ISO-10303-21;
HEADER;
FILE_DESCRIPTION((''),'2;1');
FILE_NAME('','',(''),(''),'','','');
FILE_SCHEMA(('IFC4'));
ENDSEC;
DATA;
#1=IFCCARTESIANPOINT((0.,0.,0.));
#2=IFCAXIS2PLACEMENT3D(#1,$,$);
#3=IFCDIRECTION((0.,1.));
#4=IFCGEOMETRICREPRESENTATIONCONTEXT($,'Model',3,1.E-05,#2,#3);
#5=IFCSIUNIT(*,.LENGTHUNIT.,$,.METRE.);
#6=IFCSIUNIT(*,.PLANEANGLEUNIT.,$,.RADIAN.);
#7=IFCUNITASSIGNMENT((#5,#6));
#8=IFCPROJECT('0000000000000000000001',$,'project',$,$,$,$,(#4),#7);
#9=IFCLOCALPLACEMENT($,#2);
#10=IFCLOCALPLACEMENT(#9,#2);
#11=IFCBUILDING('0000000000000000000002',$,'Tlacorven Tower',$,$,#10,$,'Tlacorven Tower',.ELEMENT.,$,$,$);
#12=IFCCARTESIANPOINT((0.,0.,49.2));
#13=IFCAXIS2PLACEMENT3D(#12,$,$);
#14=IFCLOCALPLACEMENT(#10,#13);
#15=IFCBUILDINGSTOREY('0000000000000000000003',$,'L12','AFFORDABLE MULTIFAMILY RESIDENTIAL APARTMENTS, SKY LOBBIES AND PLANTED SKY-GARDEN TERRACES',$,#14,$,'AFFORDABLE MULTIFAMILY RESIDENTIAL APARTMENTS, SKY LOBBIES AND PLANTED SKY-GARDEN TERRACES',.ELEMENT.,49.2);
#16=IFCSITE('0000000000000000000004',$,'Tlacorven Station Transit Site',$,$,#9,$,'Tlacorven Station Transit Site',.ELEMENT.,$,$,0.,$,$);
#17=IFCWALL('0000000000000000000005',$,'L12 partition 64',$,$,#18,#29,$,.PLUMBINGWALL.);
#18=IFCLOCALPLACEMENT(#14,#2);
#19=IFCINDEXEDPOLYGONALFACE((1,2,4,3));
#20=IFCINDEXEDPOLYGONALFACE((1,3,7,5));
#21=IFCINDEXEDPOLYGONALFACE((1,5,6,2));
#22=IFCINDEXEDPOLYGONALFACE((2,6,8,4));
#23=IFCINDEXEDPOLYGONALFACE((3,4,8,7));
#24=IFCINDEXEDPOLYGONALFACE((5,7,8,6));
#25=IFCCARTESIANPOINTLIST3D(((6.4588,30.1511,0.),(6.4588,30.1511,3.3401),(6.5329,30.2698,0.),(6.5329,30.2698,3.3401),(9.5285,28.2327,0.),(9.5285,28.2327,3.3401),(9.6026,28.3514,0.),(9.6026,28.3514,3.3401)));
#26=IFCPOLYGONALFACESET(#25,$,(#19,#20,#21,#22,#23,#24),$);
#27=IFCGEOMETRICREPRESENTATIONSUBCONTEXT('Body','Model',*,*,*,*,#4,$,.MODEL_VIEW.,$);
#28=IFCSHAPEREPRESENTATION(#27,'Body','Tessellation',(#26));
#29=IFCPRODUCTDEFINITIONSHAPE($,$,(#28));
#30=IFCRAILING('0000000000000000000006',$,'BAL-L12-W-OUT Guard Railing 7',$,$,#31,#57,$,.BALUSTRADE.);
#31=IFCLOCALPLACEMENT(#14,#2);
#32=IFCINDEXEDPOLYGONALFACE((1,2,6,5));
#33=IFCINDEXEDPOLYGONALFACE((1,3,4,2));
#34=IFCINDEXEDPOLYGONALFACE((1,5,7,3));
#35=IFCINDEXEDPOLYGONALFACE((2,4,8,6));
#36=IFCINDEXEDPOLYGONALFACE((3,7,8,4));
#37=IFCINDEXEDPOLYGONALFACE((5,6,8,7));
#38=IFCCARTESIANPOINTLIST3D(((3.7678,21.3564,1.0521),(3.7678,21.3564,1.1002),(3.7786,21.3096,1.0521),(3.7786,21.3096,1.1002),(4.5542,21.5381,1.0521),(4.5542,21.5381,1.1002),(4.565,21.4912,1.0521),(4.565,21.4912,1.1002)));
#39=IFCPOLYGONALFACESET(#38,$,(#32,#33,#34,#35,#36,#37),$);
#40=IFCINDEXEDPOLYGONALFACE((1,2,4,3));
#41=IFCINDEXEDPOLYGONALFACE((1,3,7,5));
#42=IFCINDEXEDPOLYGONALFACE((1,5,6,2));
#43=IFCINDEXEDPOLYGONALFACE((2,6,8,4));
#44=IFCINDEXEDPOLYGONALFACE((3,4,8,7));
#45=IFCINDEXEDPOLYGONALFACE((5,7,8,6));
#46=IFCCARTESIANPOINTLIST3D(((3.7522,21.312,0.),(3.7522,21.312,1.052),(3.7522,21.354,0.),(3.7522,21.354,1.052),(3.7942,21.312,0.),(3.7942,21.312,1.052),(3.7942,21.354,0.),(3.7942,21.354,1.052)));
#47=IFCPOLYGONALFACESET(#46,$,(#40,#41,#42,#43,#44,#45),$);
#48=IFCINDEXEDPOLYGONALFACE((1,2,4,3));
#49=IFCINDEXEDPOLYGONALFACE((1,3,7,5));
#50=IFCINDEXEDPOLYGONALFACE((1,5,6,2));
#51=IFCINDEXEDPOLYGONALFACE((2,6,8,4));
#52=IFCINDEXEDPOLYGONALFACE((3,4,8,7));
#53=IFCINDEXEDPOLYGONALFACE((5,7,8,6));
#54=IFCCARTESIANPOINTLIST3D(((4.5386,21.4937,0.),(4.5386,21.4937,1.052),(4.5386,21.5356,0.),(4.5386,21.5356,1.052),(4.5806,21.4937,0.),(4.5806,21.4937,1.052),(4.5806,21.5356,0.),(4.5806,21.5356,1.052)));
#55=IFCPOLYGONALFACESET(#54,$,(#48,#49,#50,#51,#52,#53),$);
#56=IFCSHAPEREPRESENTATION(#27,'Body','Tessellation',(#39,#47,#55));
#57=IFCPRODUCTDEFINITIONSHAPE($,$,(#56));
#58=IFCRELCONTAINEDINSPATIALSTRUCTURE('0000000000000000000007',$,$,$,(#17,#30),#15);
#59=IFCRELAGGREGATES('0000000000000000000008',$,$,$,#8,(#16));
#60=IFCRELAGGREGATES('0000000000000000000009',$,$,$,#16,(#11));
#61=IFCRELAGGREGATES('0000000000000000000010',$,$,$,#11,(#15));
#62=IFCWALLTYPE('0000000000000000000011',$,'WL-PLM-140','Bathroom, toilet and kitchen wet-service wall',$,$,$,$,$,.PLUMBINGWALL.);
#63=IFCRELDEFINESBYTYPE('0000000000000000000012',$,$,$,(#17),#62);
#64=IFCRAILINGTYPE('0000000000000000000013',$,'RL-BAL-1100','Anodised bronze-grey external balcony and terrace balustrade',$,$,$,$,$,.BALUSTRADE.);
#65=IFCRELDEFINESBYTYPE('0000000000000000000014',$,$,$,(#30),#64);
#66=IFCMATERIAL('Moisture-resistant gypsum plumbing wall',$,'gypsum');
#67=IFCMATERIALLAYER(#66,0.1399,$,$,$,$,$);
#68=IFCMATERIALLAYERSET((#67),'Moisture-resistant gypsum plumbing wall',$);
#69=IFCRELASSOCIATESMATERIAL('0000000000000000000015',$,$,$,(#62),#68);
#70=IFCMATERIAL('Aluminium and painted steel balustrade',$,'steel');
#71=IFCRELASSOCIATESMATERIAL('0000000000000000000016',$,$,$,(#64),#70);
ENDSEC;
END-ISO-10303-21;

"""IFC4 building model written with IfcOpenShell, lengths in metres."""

from ifc_helpers import new_model, si_unit, direction, frame, frame_2d, origin, origin_2d, place, context, subcontext, project, spatial, rectangle, extrude, source, transform, mapped, material, layer, layer_set, type_object, element, save


model = new_model("IFC4")

# Units and contexts
model_context = context("Model", 3, precision=1e-05, world=origin(), true_north=direction((0.0, 1.0)))
body_context = subcontext(model_context, "Body", "Model", "MODEL_VIEW")
ifc_project = project(units=[si_unit("LENGTHUNIT", "METRE"), si_unit("PLANEANGLEUNIT", "RADIAN")], contexts=[model_context])

# Site, building, storey
site_placement = place(None, origin())
site = spatial("IfcSite", under=ifc_project, at=site_placement, Name="Tlacorven Station Transit Site", LongName="Tlacorven Station Transit Site", CompositionType="ELEMENT", RefElevation=0.0)
building_placement = place(site_placement, origin())
building = spatial("IfcBuilding", under=site, at=building_placement, Name="Tlacorven Tower", LongName="Tlacorven Tower", CompositionType="ELEMENT")
storey_placement = place(building_placement, frame((0.0, 0.0, 49.2)))
storey = spatial("IfcBuildingStorey", under=building, at=storey_placement, Name="L12", Description="AFFORDABLE MULTIFAMILY RESIDENTIAL APARTMENTS, SKY LOBBIES AND PLANTED SKY-GARDEN TERRACES", LongName="AFFORDABLE MULTIFAMILY RESIDENTIAL APARTMENTS, SKY LOBBIES AND PLANTED SKY-GARDEN TERRACES", CompositionType="ELEMENT", Elevation=49.2)

# Shared definitions
ifc_material_1 = material(Name="Moisture-resistant gypsum plumbing wall", Category="gypsum")
ifc_layer_1 = layer(ifc_material_1, 0.1399)
ifc_layer_set_1 = layer_set([ifc_layer_1], Name="Moisture-resistant gypsum plumbing wall")
wall_type_1 = type_object("IfcWallType", Name="WL-PLM-140", Description="Bathroom, toilet and kitchen wet-service wall", PredefinedType="PLUMBINGWALL", material=ifc_layer_set_1)

# Wall
wall_1_placement = place(storey_placement, frame((9.5657, 28.292, 0.0), z_axis=(0.0, 0.0, 1.0), x_axis=(-0.848021, 0.529963, 0.0)))
element("IfcWall", 1, at=wall_1_placement, inside=storey, type_object=wall_type_1, Name="L12 partition 64", PredefinedType="PLUMBINGWALL", context=body_context, shape_type="SweptSolid", body=[
    extrude(rectangle(XDim=3.6199, YDim=0.1399, at=frame_2d((1.8101, 0.0))), origin(), (0.0, 0.0, 1.0), 3.3401),
])

# Railing
ifc_material_2 = material(Name="Aluminium and painted steel balustrade", Category="steel")
railing_type = type_object("IfcRailingType", Name="RL-BAL-1100", Description="Anodised bronze-grey external balcony and terrace balustrade", PredefinedType="BALUSTRADE", material=ifc_material_2)
shared_shape_1 = source(origin(), body_context, "Body", "SweptSolid", [
    extrude(rectangle(XDim=0.0481, YDim=0.0481, at=origin_2d()), frame((0.0, 0.0, 1.0762), z_axis=(0.974345, 0.225058, 0.0), x_axis=(-0.225058, 0.974345, 0.0)), (0.0, 0.0, 1.0), 0.8071),
    extrude(rectangle(XDim=0.042, YDim=0.042, at=origin_2d()), origin(), (0.0, 0.0, 1.0), 1.052),
    extrude(rectangle(XDim=0.042, YDim=0.042, at=origin_2d()), frame((0.7864, 0.1816, 0.0)), (0.0, 0.0, 1.0), 1.052),
])
railing_placement = place(storey_placement, frame((3.7732, 21.333, 0.0)))
element("IfcRailing", 2, at=railing_placement, inside=storey, type_object=railing_type, Name="BAL-L12-W-OUT Guard Railing 7", PredefinedType="BALUSTRADE", context=body_context, shape_type="MappedRepresentation", body=[
    mapped(shared_shape_1, transform((0.0, 0.0, 0.0), scale=1.0)),
])

save(model, "model.ifc")
